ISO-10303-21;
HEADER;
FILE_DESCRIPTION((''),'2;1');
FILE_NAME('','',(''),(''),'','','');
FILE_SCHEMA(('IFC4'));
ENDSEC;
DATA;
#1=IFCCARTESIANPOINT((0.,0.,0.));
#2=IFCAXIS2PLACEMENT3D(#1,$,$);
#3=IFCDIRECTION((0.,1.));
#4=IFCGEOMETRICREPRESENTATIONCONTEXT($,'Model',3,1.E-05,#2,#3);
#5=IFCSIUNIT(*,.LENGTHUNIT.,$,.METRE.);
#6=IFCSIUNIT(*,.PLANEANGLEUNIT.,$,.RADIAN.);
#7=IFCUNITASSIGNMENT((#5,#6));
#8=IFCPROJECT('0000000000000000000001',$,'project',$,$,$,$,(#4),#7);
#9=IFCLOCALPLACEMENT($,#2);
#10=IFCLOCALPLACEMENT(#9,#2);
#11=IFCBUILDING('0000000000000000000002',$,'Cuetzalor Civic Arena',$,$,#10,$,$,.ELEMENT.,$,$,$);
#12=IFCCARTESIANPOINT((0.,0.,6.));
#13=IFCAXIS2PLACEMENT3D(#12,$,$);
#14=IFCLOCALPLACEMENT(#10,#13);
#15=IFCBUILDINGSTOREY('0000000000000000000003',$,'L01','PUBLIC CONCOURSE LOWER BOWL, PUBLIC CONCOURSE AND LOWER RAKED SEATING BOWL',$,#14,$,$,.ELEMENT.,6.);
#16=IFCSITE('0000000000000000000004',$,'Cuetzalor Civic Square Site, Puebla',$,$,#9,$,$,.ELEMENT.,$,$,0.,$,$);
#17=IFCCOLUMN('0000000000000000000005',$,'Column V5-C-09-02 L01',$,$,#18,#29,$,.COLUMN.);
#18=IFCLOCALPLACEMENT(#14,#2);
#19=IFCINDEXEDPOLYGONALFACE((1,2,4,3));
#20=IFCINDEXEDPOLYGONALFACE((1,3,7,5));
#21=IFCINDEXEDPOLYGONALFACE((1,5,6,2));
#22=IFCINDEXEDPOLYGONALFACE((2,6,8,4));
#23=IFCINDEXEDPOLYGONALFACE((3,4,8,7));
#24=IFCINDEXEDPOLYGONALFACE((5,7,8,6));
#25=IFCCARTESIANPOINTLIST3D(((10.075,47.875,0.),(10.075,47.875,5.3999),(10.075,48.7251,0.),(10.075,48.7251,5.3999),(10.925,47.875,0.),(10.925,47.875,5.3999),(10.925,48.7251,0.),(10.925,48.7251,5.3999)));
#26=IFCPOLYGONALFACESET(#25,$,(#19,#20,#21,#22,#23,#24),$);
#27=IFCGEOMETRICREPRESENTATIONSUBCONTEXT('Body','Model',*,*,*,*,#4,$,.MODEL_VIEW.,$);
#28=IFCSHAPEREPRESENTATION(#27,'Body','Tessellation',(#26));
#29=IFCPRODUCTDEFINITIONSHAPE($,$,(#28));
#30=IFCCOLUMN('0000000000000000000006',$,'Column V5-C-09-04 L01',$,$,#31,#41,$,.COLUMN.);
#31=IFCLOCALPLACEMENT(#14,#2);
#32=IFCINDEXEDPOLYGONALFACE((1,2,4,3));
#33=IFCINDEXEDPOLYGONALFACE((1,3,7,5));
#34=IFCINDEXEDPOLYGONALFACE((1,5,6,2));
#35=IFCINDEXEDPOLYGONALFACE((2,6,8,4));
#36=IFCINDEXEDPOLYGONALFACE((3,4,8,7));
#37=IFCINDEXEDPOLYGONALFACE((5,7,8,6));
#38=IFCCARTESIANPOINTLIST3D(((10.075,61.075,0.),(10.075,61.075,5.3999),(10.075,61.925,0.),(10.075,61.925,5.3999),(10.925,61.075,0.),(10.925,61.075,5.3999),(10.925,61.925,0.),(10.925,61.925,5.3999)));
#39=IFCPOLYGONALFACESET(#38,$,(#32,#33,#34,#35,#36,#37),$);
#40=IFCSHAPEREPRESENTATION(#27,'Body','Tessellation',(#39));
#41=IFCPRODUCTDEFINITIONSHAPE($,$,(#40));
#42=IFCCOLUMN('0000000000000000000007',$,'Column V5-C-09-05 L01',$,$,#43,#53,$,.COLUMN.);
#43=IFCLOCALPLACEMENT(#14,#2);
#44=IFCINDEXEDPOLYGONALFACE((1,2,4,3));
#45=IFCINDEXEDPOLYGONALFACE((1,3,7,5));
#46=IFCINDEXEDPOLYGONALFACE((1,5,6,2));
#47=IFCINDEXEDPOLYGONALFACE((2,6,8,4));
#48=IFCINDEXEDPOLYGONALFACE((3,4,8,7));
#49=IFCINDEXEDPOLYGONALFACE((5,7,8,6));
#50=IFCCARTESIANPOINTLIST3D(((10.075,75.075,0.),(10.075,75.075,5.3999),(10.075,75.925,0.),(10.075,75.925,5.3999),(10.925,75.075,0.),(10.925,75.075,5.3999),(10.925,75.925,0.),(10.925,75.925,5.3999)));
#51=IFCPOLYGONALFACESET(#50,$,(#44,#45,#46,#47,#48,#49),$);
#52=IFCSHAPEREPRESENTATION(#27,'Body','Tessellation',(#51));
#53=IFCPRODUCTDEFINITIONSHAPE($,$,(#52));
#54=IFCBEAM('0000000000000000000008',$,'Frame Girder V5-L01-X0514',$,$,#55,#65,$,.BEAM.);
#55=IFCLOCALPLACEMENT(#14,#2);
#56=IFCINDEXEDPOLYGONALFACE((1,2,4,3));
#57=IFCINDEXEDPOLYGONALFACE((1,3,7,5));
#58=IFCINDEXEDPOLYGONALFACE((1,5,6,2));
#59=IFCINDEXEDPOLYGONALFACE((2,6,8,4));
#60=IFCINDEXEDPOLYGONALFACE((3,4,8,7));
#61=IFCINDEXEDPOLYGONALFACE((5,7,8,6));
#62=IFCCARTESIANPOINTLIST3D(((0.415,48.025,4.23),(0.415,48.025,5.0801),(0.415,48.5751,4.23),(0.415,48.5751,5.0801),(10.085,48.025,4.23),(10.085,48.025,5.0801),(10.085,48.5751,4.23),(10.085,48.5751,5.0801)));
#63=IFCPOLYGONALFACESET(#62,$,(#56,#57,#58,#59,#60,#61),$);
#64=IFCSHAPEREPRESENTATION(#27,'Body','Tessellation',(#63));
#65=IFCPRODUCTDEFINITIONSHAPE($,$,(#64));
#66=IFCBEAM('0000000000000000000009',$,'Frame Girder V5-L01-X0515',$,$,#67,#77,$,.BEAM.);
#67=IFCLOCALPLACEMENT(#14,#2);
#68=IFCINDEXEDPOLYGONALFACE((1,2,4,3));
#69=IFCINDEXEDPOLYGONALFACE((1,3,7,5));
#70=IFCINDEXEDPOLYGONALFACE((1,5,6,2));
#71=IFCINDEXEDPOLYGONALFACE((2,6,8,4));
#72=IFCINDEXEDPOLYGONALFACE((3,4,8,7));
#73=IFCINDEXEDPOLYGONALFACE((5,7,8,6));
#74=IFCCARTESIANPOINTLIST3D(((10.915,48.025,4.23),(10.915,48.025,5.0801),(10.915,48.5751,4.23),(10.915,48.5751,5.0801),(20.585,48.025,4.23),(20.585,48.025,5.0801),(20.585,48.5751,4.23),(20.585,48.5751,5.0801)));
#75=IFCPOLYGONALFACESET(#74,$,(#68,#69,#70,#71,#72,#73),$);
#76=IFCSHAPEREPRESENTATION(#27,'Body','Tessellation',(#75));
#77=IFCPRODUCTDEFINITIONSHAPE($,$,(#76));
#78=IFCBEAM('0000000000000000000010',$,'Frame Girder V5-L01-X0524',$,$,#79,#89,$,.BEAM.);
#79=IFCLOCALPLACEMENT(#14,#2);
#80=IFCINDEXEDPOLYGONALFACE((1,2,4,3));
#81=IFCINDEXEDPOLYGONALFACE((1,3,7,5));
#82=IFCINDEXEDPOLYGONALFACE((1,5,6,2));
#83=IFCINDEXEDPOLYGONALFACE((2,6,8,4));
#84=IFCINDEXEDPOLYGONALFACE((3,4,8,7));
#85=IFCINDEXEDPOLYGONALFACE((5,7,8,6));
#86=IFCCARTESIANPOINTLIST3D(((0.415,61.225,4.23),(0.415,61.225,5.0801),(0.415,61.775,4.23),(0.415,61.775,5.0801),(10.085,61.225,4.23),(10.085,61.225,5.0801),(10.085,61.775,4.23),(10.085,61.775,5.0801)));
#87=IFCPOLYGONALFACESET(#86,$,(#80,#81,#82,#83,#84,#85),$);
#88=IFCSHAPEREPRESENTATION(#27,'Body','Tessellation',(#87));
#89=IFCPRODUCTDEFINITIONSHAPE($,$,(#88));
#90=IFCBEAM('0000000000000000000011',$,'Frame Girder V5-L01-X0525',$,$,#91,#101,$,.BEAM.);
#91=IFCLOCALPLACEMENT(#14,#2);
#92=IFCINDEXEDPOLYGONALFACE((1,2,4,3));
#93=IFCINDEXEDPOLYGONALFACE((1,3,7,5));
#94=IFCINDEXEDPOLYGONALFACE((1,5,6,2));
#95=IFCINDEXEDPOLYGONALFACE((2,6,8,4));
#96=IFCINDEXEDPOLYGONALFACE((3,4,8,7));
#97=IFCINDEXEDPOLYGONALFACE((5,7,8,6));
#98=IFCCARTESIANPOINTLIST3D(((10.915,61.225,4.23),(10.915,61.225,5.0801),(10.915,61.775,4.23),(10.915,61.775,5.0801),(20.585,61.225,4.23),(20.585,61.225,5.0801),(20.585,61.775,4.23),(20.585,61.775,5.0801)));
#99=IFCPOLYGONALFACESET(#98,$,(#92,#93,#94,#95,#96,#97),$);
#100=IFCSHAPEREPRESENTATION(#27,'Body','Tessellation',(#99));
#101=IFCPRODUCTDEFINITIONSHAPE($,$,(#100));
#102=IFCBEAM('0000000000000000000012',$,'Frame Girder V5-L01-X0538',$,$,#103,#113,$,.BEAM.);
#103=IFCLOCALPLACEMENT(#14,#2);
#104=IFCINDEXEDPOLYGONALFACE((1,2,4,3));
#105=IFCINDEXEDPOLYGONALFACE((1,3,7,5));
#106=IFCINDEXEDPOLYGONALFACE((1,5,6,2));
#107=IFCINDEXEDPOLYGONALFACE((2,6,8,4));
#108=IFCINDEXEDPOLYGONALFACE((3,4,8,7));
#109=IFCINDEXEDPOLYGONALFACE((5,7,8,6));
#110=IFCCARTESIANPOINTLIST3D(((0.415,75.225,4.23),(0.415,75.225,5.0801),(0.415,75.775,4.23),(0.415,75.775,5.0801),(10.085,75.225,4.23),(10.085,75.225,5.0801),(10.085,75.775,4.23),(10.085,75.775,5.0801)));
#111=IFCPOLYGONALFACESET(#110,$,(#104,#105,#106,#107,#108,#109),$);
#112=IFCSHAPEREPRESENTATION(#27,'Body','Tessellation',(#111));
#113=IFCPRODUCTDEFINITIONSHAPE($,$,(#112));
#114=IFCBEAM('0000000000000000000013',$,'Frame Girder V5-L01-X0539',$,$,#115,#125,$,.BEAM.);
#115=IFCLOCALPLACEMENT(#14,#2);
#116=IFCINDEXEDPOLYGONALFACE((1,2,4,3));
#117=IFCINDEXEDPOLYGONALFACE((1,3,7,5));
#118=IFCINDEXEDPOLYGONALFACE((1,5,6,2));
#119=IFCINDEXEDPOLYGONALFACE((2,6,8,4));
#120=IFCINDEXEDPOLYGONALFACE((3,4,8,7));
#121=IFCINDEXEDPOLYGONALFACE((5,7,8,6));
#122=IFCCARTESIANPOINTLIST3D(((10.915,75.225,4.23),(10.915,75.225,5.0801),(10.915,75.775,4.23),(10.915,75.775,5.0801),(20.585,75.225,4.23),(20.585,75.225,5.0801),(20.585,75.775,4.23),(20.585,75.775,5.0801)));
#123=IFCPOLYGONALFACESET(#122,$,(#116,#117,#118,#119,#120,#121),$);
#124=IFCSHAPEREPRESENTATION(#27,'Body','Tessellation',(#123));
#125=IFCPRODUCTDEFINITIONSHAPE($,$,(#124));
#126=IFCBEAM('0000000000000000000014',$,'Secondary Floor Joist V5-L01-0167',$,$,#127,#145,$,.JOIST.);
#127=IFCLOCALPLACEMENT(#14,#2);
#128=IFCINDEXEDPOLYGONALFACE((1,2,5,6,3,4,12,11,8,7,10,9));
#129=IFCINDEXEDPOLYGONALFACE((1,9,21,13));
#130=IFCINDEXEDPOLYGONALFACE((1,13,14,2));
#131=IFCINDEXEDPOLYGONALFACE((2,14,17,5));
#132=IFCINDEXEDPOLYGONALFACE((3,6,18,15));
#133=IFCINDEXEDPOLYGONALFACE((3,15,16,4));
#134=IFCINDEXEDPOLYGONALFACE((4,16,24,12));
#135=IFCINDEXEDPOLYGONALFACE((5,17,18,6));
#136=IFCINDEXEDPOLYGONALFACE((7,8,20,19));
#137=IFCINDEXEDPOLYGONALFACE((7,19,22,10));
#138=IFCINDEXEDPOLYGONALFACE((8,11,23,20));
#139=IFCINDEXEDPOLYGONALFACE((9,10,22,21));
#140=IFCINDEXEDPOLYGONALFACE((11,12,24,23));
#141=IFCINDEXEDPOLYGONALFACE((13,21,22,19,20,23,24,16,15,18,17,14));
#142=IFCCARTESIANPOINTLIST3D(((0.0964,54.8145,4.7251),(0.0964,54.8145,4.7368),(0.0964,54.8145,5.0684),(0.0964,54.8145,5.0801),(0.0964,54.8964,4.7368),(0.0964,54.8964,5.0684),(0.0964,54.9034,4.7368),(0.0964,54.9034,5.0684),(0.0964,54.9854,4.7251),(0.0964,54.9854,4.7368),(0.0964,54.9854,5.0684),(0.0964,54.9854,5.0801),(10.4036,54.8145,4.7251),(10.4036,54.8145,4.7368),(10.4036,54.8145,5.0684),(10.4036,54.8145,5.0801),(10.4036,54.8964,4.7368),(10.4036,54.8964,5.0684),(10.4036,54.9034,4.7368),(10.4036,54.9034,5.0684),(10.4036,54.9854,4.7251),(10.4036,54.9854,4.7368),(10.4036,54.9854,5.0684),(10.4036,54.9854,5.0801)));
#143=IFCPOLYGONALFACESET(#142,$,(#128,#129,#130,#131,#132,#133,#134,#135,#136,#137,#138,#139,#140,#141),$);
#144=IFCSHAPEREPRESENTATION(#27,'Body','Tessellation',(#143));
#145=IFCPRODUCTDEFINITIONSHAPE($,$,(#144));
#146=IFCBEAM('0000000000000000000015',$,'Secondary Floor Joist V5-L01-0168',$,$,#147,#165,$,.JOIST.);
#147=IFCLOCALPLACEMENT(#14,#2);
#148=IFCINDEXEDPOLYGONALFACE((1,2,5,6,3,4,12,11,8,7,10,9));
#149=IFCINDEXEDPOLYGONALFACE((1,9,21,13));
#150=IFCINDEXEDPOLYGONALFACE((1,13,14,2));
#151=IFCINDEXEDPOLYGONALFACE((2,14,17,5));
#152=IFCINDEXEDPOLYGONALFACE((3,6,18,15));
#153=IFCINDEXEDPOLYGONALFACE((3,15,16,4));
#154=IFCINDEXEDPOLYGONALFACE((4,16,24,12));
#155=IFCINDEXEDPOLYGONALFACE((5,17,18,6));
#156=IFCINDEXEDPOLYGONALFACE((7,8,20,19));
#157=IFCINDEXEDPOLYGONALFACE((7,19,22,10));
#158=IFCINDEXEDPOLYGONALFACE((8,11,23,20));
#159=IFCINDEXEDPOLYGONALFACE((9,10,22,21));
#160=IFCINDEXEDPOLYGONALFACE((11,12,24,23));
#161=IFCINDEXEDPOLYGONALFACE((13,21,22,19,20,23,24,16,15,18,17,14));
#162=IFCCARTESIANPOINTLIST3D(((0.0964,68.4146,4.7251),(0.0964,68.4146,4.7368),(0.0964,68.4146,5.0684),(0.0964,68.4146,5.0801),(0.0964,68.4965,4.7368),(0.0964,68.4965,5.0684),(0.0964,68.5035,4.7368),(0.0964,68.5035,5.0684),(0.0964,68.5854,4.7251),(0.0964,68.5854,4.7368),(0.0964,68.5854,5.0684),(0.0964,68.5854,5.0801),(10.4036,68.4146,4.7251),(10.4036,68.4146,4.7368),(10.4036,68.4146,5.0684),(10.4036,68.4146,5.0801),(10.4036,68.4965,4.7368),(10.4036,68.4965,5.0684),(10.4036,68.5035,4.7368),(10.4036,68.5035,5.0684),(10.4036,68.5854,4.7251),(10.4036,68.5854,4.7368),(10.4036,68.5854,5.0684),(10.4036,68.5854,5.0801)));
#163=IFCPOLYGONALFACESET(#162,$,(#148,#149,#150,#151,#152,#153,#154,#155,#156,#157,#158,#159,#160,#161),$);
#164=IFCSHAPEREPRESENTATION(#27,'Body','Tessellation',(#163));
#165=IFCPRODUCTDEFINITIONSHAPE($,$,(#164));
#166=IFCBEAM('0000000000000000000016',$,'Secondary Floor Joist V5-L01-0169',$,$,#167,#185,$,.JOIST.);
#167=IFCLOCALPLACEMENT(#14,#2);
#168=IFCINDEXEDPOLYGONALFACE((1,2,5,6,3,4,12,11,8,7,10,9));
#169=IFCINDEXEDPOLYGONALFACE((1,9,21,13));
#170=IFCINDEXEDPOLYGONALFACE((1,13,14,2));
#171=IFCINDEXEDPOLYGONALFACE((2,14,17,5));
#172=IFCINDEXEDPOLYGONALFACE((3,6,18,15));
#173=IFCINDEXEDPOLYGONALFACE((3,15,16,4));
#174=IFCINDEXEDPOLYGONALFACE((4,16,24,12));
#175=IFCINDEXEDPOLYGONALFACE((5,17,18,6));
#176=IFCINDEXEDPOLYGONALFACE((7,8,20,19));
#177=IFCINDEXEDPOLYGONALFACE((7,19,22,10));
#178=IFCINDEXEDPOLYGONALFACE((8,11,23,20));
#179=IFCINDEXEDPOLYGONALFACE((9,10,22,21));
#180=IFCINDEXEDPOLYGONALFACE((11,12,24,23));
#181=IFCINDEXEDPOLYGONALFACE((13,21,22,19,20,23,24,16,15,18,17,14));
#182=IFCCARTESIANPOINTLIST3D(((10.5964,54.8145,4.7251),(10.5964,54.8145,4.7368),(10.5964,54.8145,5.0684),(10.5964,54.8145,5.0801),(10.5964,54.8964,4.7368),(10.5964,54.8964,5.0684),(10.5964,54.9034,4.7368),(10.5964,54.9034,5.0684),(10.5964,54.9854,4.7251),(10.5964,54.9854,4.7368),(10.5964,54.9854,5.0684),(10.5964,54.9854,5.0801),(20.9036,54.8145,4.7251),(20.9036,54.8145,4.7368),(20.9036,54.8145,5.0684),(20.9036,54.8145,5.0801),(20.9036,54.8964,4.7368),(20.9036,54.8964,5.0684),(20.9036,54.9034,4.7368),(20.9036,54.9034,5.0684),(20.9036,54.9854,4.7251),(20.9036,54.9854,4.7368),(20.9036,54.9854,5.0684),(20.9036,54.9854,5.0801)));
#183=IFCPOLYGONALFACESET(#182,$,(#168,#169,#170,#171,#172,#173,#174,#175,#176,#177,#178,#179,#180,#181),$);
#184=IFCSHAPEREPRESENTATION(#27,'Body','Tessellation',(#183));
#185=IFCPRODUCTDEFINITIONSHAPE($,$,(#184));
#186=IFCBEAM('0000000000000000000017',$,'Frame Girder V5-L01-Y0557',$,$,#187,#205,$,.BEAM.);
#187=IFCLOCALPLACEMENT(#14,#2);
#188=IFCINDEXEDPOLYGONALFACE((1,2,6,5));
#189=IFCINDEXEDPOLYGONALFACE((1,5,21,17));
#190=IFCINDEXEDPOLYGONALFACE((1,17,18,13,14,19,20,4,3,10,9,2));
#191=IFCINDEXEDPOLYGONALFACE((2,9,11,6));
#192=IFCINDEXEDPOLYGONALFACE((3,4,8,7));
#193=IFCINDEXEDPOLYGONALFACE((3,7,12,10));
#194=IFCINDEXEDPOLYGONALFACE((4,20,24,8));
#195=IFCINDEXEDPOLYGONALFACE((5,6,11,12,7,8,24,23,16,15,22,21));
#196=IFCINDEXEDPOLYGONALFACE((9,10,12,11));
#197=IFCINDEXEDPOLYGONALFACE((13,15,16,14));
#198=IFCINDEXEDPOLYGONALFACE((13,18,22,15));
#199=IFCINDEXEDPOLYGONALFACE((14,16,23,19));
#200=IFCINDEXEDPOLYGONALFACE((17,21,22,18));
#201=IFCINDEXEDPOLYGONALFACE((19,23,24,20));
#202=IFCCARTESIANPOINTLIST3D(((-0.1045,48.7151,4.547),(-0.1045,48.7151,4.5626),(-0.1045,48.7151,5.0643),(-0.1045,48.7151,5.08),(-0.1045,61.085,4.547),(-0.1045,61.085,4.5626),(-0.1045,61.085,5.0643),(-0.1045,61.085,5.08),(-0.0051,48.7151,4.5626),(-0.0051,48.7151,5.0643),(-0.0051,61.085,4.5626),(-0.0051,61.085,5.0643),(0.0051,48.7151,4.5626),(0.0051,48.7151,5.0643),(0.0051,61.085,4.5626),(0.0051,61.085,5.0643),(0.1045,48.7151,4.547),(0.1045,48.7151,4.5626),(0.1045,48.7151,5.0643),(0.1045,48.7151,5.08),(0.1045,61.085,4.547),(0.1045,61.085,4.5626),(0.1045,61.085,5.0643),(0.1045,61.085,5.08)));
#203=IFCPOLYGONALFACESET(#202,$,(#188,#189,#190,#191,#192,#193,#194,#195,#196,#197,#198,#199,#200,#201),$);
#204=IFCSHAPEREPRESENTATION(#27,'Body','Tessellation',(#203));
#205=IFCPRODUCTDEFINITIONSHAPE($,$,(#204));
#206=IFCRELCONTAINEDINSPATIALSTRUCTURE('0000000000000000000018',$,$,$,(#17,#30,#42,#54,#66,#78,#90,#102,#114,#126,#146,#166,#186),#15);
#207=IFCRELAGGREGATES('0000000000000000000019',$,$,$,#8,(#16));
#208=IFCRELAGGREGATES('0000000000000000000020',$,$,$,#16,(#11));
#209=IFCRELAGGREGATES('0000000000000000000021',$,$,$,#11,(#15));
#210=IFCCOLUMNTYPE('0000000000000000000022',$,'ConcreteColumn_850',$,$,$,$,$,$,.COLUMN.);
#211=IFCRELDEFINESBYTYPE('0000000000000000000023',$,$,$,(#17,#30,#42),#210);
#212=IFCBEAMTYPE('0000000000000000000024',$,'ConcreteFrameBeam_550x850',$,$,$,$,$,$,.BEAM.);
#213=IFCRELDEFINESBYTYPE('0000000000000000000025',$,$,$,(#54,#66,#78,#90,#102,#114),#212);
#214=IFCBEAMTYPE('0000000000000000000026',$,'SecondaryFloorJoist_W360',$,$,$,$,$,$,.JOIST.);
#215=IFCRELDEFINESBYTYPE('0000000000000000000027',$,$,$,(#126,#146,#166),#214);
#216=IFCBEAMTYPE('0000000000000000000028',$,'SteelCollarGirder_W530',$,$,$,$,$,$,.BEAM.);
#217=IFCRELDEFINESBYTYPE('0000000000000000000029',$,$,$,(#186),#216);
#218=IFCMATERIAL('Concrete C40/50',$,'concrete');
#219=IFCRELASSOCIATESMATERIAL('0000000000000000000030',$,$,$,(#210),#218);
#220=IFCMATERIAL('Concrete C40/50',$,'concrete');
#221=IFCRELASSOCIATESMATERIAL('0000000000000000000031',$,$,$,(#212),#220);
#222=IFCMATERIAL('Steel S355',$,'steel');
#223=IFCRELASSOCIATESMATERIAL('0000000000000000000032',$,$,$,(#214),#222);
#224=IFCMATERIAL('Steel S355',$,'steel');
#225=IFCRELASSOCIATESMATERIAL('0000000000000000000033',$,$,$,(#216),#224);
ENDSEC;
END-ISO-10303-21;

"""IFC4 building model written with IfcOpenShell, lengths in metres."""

from ifc_helpers import new_model, si_unit, direction, frame, origin, origin_2d, place, context, subcontext, project, spatial, rectangle, i_section, extrude, material, material_profile, profile_set, type_object, element, save


model = new_model("IFC4")

# Units and contexts
model_context = context("Model", 3, precision=1e-05, world=origin(), true_north=direction((0.0, 1.0)))
body_context = subcontext(model_context, "Body", "Model", "MODEL_VIEW")
ifc_project = project(units=[si_unit("LENGTHUNIT", "METRE"), si_unit("PLANEANGLEUNIT", "RADIAN")], contexts=[model_context])

# Site, building, storey
site_placement = place(None, origin())
site = spatial("IfcSite", under=ifc_project, at=site_placement, Name="Cuetzalor Civic Square Site, Puebla", CompositionType="ELEMENT", RefElevation=0.0)
building_placement = place(site_placement, origin())
building = spatial("IfcBuilding", under=site, at=building_placement, Name="Cuetzalor Civic Arena", CompositionType="ELEMENT")
storey_placement = place(building_placement, frame((0.0, 0.0, 6.0)))
storey = spatial("IfcBuildingStorey", under=building, at=storey_placement, Name="L01", Description="PUBLIC CONCOURSE LOWER BOWL, PUBLIC CONCOURSE AND LOWER RAKED SEATING BOWL", CompositionType="ELEMENT", Elevation=6.0)

# Columns
ifc_material_1 = material(Name="Concrete C40/50", Category="concrete")
ifc_material_profile_1 = material_profile(ifc_material_1, rectangle(XDim=0.8501, YDim=0.8501, at=origin_2d()), Name="RC 850x850")
ifc_profile_set_1 = profile_set([ifc_material_profile_1], Name="Concrete C40/50")
column_type = type_object("IfcColumnType", Name="ConcreteColumn_850", PredefinedType="COLUMN", material=ifc_profile_set_1)
for number, where, z_axis, x_axis, name in (
    (1, (10.5, 48.3, 0.0), (0.0, 0.0, 1.0), (1.0, 0.0, 0.0), "Column V5-C-09-02 L01"),
    (2, (10.5, 61.5, 0.0), (0.0, 0.0, 1.0), (1.0, 0.0, 0.0), "Column V5-C-09-04 L01"),
    (3, (10.5, 75.5, 0.0), (0.0, 0.0, 1.0), (1.0, 0.0, 0.0), "Column V5-C-09-05 L01"),
):
    element("IfcColumn", number, at=place(storey_placement, frame(where, z_axis=z_axis, x_axis=x_axis)), inside=storey, type_object=column_type, Name=name, PredefinedType="COLUMN", context=body_context, shape_type="SweptSolid", body=[
        extrude(rectangle(XDim=0.8501, YDim=0.8501, at=origin_2d()), origin(), (0.0, 0.0, 1.0), 5.3999),
    ])

# Beams
ifc_material_2 = material(Name="Concrete C40/50", Category="concrete")
ifc_material_profile_2 = material_profile(ifc_material_2, rectangle(XDim=0.55, YDim=0.8501, at=origin_2d()), Name="RC 550x850")
ifc_profile_set_2 = profile_set([ifc_material_profile_2], Name="Concrete C40/50")
beam_type_1 = type_object("IfcBeamType", Name="ConcreteFrameBeam_550x850", PredefinedType="BEAM", material=ifc_profile_set_2)
for number, where, z_axis, x_axis, name in (
    (4, (0.415, 48.3, 4.655), (1.0, 0.0, 0.0), (0.0, 1.0, 0.0), "Frame Girder V5-L01-X0514"),
    (5, (10.915, 48.3, 4.655), (1.0, 0.0, 0.0), (0.0, 1.0, 0.0), "Frame Girder V5-L01-X0515"),
    (6, (0.415, 61.5, 4.655), (1.0, 0.0, 0.0), (0.0, 1.0, 0.0), "Frame Girder V5-L01-X0524"),
    (7, (10.915, 61.5, 4.655), (1.0, 0.0, 0.0), (0.0, 1.0, 0.0), "Frame Girder V5-L01-X0525"),
    (8, (0.415, 75.5, 4.655), (1.0, 0.0, 0.0), (0.0, 1.0, 0.0), "Frame Girder V5-L01-X0538"),
    (9, (10.915, 75.5, 4.655), (1.0, 0.0, 0.0), (0.0, 1.0, 0.0), "Frame Girder V5-L01-X0539"),
):
    element("IfcBeam", number, at=place(storey_placement, frame(where, z_axis=z_axis, x_axis=x_axis)), inside=storey, type_object=beam_type_1, Name=name, PredefinedType="BEAM", context=body_context, shape_type="SweptSolid", body=[
        extrude(rectangle(XDim=0.55, YDim=0.8501, at=origin_2d()), origin(), (0.0, 0.0, 1.0), 9.6699),
    ])
ifc_material_3 = material(Name="Steel S355", Category="steel")
ifc_material_profile_3 = material_profile(ifc_material_3, i_section(OverallWidth=0.1709, OverallDepth=0.355, WebThickness=0.0071, FlangeThickness=0.0117, at=origin_2d()), Name="W360x51")
ifc_profile_set_3 = profile_set([ifc_material_profile_3], Name="Steel S355")
beam_type_2 = type_object("IfcBeamType", Name="SecondaryFloorJoist_W360", PredefinedType="JOIST", material=ifc_profile_set_3)
for number, where, z_axis, x_axis, name in (
    (10, (0.0964, 54.8999, 4.9026), (1.0, 0.0, 0.0), (0.0, 1.0, 0.0), "Secondary Floor Joist V5-L01-0167"),
    (11, (0.0964, 68.5, 4.9026), (1.0, 0.0, 0.0), (0.0, 1.0, 0.0), "Secondary Floor Joist V5-L01-0168"),
    (12, (10.5964, 54.8999, 4.9026), (1.0, 0.0, 0.0), (0.0, 1.0, 0.0), "Secondary Floor Joist V5-L01-0169"),
):
    element("IfcBeam", number, at=place(storey_placement, frame(where, z_axis=z_axis, x_axis=x_axis)), inside=storey, type_object=beam_type_2, Name=name, PredefinedType="JOIST", context=body_context, shape_type="SweptSolid", body=[
        extrude(i_section(OverallWidth=0.1709, OverallDepth=0.355, WebThickness=0.0071, FlangeThickness=0.0117, at=origin_2d()), origin(), (0.0, 0.0, 1.0), 10.3071),
    ])
ifc_material_4 = material(Name="Steel S355", Category="steel")
ifc_material_profile_4 = material_profile(ifc_material_4, i_section(OverallWidth=0.209, OverallDepth=0.533, WebThickness=0.0103, FlangeThickness=0.0156, at=origin_2d()), Name="W530x92")
ifc_profile_set_4 = profile_set([ifc_material_profile_4], Name="Steel S355")
beam_type_3 = type_object("IfcBeamType", Name="SteelCollarGirder_W530", PredefinedType="BEAM", material=ifc_profile_set_4)
beam_1_placement = place(storey_placement, frame((0.0, 48.7151, 4.8135), z_axis=(0.0, 1.0, 0.0), x_axis=(-1.0, 0.0, 0.0)))
element("IfcBeam", 13, at=beam_1_placement, inside=storey, type_object=beam_type_3, Name="Frame Girder V5-L01-Y0557", PredefinedType="BEAM", context=body_context, shape_type="SweptSolid", body=[
    extrude(i_section(OverallWidth=0.209, OverallDepth=0.533, WebThickness=0.0103, FlangeThickness=0.0156, at=origin_2d()), origin(), (0.0, 0.0, 1.0), 12.3699),
])

save(model, "model.ifc")
